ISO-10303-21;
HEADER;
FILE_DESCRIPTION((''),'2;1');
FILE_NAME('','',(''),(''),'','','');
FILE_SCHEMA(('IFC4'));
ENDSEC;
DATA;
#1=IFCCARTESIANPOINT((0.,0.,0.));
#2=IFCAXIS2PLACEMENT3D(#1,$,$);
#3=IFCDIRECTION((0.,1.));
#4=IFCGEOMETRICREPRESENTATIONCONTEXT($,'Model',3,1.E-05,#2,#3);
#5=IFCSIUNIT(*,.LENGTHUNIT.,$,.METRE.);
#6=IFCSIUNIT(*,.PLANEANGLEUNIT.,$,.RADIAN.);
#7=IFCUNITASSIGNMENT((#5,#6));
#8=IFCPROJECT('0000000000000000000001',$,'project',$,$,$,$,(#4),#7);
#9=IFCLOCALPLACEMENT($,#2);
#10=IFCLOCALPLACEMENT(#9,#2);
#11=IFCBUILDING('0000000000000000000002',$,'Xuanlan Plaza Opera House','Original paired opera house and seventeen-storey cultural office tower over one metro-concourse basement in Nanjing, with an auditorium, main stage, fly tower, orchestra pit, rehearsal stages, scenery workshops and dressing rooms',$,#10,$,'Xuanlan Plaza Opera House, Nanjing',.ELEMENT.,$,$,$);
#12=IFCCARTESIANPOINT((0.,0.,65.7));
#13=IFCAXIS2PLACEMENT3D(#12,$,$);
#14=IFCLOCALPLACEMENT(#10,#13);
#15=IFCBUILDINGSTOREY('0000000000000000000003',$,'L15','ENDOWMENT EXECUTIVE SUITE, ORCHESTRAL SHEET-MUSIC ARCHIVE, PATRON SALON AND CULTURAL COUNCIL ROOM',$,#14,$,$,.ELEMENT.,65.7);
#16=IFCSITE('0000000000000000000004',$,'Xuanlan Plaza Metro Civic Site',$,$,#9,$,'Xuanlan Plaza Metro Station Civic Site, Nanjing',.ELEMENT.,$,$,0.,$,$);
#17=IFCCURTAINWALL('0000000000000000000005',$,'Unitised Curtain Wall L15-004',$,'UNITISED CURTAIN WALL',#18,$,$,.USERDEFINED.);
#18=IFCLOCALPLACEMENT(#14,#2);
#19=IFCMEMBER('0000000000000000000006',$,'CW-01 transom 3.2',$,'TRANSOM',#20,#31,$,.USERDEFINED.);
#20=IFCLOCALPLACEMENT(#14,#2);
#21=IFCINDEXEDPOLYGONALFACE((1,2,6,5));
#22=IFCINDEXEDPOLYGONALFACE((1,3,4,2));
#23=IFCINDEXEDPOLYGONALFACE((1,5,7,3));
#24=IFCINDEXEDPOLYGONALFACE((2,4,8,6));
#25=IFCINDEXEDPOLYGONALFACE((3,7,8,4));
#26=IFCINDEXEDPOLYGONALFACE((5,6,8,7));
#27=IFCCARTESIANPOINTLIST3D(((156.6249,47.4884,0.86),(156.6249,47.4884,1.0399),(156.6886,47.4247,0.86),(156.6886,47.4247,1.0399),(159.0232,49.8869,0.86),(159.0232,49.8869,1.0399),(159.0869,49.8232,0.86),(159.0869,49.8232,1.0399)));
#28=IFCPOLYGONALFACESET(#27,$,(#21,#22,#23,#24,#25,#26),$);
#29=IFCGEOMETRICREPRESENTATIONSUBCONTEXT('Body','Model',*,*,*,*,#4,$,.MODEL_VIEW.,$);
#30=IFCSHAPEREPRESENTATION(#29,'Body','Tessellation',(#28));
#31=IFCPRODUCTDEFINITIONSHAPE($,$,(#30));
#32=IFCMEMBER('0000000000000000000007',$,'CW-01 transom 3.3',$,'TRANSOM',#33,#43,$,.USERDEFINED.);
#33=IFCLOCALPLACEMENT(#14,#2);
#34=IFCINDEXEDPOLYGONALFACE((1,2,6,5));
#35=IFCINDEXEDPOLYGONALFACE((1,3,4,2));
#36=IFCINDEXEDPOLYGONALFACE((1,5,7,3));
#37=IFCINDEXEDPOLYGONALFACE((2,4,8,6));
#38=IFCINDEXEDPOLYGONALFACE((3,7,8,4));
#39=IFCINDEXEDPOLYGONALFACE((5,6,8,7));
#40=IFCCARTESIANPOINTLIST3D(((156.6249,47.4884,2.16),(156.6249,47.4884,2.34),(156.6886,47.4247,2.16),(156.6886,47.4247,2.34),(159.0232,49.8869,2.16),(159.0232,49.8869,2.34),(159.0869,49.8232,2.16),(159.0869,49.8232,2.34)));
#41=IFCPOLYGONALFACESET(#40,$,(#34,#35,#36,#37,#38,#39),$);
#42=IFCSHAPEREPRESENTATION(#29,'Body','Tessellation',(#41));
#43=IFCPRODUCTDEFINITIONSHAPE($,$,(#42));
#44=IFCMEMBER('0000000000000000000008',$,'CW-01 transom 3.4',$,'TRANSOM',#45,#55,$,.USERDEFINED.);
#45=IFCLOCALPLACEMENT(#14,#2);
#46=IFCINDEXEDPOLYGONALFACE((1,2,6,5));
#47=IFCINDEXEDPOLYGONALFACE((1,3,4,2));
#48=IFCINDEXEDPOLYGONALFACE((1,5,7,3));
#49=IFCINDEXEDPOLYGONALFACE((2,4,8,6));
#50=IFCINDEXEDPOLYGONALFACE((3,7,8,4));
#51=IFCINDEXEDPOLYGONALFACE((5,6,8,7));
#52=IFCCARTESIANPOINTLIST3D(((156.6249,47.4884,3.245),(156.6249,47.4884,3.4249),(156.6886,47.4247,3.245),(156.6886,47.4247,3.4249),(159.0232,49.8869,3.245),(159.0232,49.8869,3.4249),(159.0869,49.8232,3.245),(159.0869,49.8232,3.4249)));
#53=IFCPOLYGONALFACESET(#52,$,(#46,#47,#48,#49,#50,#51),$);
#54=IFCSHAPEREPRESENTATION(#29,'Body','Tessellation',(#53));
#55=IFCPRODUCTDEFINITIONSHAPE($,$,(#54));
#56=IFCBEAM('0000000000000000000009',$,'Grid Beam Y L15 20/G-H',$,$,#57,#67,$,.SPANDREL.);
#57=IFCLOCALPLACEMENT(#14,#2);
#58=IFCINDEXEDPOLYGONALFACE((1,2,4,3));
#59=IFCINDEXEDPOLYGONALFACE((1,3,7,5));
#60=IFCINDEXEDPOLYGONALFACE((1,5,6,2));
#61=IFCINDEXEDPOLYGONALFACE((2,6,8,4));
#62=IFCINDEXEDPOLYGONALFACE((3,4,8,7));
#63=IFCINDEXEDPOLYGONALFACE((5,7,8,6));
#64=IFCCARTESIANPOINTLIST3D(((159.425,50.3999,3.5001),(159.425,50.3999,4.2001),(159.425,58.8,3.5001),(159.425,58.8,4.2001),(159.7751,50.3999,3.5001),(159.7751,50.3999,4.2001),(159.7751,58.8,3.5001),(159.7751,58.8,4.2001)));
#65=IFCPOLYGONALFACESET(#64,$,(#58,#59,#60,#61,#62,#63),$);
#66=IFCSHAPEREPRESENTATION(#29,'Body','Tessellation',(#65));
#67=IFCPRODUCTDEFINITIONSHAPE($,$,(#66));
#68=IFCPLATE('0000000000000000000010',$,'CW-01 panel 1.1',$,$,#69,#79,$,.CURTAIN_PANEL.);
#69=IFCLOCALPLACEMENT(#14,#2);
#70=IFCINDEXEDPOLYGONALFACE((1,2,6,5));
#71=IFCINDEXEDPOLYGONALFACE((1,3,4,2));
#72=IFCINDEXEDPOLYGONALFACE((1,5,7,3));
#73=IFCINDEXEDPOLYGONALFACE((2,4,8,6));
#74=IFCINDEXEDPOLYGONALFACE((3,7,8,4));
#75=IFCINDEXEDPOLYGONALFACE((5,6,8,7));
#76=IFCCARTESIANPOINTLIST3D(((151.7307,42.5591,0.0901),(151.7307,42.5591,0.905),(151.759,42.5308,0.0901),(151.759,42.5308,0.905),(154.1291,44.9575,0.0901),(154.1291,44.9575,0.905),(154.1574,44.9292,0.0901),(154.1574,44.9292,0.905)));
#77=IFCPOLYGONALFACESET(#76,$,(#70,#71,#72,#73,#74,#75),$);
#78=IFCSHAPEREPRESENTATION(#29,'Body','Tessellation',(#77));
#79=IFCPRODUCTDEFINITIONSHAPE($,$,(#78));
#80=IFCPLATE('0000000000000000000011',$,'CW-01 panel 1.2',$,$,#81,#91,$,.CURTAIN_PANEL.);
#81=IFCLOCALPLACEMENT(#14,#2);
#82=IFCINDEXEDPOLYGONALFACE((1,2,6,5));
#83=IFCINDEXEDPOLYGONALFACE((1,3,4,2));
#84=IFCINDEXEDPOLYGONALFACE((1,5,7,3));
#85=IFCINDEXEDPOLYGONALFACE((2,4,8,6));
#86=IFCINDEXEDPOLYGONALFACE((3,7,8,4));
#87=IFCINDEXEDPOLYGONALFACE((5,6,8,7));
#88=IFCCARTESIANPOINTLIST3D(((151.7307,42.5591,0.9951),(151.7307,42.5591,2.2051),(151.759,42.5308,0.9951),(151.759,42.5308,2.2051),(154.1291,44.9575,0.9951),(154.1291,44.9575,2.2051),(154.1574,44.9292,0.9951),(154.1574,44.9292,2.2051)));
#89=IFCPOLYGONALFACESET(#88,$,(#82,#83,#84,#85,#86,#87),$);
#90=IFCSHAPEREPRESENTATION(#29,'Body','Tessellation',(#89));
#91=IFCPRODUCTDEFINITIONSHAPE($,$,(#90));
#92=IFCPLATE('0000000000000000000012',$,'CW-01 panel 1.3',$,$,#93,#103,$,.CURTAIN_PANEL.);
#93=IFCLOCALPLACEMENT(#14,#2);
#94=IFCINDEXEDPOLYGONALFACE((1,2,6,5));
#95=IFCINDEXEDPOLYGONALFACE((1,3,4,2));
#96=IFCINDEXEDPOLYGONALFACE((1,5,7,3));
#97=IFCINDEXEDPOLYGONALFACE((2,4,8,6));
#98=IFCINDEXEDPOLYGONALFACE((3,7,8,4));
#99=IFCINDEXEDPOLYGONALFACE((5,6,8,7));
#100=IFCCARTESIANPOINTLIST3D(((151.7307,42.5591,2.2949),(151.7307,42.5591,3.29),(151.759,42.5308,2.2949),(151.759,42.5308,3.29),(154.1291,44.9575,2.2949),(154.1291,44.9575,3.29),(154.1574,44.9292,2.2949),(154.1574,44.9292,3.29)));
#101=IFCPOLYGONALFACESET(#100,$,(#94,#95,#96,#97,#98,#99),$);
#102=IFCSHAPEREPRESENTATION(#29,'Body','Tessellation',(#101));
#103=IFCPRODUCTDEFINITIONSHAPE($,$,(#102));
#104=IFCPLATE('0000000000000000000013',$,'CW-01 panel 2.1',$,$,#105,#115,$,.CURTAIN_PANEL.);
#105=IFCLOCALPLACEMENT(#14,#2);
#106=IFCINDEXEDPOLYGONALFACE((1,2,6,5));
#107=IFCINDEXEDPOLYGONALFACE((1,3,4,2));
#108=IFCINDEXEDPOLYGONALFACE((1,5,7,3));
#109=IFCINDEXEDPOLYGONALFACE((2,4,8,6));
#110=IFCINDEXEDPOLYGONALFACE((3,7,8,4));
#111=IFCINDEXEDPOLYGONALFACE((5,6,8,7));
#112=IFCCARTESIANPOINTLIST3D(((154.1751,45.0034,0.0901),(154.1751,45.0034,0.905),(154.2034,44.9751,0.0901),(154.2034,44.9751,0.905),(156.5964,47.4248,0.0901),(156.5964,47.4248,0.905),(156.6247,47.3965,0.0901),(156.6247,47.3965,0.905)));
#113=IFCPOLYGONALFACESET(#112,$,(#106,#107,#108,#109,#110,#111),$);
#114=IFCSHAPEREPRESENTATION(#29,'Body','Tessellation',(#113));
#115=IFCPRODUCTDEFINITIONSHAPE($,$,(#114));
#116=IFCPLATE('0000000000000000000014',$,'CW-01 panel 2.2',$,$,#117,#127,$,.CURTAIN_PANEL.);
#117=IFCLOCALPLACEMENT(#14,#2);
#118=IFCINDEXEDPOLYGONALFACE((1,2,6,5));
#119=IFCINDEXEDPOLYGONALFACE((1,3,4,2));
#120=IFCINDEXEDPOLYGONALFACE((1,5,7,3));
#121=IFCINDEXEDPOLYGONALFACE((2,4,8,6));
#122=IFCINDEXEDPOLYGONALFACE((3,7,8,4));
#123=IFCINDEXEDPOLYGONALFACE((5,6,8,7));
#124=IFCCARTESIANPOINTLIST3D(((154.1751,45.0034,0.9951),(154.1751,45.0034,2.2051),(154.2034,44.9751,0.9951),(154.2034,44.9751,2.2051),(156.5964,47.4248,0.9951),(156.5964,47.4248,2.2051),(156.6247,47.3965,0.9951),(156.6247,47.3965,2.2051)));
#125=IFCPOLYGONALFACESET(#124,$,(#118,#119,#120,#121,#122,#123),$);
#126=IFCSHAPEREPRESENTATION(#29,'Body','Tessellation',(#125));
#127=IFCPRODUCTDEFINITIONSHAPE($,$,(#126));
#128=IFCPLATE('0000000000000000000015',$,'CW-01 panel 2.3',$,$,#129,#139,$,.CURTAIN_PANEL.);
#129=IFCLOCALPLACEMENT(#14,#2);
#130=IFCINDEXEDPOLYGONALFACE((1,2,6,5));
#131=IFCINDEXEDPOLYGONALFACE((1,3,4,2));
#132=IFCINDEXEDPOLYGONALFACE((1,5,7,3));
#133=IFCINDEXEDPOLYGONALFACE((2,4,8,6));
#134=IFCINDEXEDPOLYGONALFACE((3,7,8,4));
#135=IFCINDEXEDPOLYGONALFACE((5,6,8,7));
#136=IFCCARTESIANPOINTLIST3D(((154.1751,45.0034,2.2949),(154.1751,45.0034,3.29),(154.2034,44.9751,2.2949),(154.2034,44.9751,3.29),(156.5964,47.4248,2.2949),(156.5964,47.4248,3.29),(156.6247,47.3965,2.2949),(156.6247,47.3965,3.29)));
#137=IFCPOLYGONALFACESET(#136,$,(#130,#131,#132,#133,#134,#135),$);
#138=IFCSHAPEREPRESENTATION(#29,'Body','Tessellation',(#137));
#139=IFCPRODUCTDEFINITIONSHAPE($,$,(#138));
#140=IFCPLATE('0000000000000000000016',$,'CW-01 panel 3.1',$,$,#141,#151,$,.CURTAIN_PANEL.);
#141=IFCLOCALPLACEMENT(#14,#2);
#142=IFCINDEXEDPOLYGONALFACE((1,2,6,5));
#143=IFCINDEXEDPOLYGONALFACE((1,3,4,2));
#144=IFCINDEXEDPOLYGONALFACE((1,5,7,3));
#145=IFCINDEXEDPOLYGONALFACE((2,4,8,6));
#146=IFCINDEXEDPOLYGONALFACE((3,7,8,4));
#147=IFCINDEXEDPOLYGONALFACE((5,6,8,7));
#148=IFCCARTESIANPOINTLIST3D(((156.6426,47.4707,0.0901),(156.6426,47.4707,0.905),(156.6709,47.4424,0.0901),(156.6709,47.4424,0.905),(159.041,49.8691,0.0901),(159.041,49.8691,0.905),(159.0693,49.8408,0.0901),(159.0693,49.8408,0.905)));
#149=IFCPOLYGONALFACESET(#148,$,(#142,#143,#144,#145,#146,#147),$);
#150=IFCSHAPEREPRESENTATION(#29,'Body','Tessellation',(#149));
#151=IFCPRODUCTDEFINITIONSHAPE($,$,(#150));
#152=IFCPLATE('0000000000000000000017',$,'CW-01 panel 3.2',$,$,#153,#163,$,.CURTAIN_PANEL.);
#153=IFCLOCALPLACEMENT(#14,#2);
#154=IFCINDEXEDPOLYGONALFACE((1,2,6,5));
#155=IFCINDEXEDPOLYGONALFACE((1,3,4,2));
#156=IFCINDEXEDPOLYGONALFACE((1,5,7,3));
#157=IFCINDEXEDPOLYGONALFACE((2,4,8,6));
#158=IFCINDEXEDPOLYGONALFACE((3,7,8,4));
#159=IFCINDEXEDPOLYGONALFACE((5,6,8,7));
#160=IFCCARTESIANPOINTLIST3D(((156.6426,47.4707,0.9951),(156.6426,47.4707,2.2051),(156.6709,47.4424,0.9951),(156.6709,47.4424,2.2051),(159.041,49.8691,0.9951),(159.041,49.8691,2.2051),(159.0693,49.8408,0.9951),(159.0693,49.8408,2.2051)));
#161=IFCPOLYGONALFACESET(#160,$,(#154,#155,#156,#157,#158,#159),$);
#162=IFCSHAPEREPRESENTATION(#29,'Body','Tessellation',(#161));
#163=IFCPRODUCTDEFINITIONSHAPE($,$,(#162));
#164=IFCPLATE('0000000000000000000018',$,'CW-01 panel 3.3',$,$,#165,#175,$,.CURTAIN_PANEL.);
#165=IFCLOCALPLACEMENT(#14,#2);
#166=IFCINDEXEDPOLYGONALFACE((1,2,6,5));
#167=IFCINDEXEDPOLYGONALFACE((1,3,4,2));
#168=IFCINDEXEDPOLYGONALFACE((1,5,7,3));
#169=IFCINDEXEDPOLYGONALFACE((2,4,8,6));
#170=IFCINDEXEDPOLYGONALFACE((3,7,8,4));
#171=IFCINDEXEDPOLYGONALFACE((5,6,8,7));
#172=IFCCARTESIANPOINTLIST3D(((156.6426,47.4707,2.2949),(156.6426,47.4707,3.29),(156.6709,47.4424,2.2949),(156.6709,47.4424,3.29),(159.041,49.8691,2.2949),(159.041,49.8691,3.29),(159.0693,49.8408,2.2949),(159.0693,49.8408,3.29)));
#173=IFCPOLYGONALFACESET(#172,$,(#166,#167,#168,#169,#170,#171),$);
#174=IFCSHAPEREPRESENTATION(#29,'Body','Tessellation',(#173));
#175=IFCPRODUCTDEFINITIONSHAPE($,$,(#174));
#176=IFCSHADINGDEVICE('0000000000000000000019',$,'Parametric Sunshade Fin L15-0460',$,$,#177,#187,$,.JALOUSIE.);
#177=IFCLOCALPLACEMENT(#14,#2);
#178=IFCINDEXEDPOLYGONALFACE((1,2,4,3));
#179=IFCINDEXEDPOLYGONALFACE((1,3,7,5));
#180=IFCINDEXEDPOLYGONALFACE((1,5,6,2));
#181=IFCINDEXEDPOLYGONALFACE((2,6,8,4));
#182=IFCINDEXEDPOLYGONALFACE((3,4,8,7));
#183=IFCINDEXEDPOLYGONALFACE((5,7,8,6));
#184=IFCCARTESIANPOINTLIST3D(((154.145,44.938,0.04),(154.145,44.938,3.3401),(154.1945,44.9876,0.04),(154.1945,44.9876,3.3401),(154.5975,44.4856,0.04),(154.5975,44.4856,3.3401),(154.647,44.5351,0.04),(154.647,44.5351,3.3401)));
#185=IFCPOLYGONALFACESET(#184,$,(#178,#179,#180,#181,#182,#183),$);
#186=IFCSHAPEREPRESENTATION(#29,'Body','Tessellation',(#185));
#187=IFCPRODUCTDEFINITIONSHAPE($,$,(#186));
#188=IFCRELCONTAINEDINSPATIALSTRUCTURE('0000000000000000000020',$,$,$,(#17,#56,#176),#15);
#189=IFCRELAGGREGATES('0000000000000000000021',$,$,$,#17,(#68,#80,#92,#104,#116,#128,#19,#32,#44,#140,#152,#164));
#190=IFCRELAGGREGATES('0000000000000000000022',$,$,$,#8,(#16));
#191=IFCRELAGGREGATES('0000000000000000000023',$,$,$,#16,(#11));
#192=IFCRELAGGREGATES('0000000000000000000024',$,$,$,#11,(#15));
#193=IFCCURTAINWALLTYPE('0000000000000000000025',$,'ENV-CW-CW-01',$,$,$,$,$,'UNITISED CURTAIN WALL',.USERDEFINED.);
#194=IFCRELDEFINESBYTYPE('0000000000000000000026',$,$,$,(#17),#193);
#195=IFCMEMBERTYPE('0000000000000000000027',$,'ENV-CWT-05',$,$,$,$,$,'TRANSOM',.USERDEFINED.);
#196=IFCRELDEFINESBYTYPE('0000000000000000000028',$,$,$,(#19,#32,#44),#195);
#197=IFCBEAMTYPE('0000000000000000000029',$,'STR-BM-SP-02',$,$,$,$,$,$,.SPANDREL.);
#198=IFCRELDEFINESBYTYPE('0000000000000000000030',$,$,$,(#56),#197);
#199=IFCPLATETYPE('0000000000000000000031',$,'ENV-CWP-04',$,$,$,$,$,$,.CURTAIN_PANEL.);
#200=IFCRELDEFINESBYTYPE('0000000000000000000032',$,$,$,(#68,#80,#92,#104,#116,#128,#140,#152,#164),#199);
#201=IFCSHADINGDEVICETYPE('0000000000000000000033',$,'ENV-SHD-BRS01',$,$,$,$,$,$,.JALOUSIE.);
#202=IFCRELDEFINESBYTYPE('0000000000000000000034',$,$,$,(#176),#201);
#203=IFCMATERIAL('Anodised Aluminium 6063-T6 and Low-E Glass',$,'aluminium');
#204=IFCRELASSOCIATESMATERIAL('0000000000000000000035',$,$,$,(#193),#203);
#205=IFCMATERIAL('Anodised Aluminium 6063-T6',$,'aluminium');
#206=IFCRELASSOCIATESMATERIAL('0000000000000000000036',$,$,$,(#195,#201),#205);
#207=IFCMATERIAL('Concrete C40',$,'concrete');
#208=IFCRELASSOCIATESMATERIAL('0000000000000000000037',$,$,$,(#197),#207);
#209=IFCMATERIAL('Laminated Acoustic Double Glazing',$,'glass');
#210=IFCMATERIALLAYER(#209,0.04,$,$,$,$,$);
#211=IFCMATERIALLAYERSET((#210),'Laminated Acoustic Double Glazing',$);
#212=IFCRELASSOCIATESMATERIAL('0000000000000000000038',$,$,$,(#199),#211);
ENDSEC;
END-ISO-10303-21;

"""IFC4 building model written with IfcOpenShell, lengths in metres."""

from ifc_helpers import new_model, si_unit, direction, frame, origin, origin_2d, place, context, subcontext, project, spatial, rectangle, extrude, material, layer, layer_set, material_profile, profile_set, type_object, element, aggregate, save


model = new_model("IFC4")

# Units and contexts
model_context = context("Model", 3, precision=1e-05, world=origin(), true_north=direction((0.0, 1.0)))
body_context = subcontext(model_context, "Body", "Model", "MODEL_VIEW")
ifc_project = project(units=[si_unit("LENGTHUNIT", "METRE"), si_unit("PLANEANGLEUNIT", "RADIAN")], contexts=[model_context])

# Site, building, storey
site_placement = place(None, origin())
site = spatial("IfcSite", under=ifc_project, at=site_placement, Name="Xuanlan Plaza Metro Civic Site", LongName="Xuanlan Plaza Metro Station Civic Site, Nanjing", CompositionType="ELEMENT", RefElevation=0.0)
building_placement = place(site_placement, origin())
building = spatial("IfcBuilding", under=site, at=building_placement, Name="Xuanlan Plaza Opera House", Description="Original paired opera house and seventeen-storey cultural office tower over one metro-concourse basement in Nanjing, with an auditorium, main stage, fly tower, orchestra pit, rehearsal stages, scenery workshops and dressing rooms", LongName="Xuanlan Plaza Opera House, Nanjing", CompositionType="ELEMENT")
storey_placement = place(building_placement, frame((0.0, 0.0, 65.7)))
storey = spatial("IfcBuildingStorey", under=building, at=storey_placement, Name="L15", Description="ENDOWMENT EXECUTIVE SUITE, ORCHESTRAL SHEET-MUSIC ARCHIVE, PATRON SALON AND CULTURAL COUNCIL ROOM", CompositionType="ELEMENT", Elevation=65.7)

# Curtain wall, members
ifc_material_1 = material(Name="Anodised Aluminium 6063-T6 and Low-E Glass", Category="aluminium")
curtain_wall_type = type_object("IfcCurtainWallType", Name="ENV-CW-CW-01", ElementType="UNITISED CURTAIN WALL", PredefinedType="USERDEFINED", material=ifc_material_1)
curtain_wall_placement = place(storey_placement, origin())
curtain_wall = element("IfcCurtainWall", 1, at=curtain_wall_placement, inside=storey, type_object=curtain_wall_type, Name="Unitised Curtain Wall L15-004", ObjectType="UNITISED CURTAIN WALL", PredefinedType="USERDEFINED")
ifc_material_2 = material(Name="Anodised Aluminium 6063-T6", Category="aluminium")
ifc_material_profile_1 = material_profile(ifc_material_2, rectangle(XDim=0.0901, YDim=0.1799, at=origin_2d()), Name="ALU-T 90x180")
ifc_profile_set_1 = profile_set([ifc_material_profile_1], Name="Anodised Aluminium 6063-T6")
member_type_1 = type_object("IfcMemberType", Name="ENV-CWT-05", ElementType="TRANSOM", PredefinedType="USERDEFINED", material=ifc_profile_set_1)
member_1_placement = place(storey_placement, frame((156.6567, 47.4565, 0.95), z_axis=(0.707071, 0.707143, 0.0), x_axis=(-0.707143, 0.707071, 0.0)))
member_1 = element("IfcMember", 2, at=member_1_placement, type_object=member_type_1, Name="CW-01 transom 3.2", ObjectType="TRANSOM", PredefinedType="USERDEFINED", context=body_context, shape_type="SweptSolid", body=[
    extrude(rectangle(XDim=0.0901, YDim=0.1799, at=origin_2d()), origin(), (0.0, 0.0, 1.0), 3.3918),
])
member_2_placement = place(storey_placement, frame((156.6567, 47.4565, 2.25), z_axis=(0.707071, 0.707143, 0.0), x_axis=(-0.707143, 0.707071, 0.0)))
member_2 = element("IfcMember", 3, at=member_2_placement, type_object=member_type_1, Name="CW-01 transom 3.3", ObjectType="TRANSOM", PredefinedType="USERDEFINED", context=body_context, shape_type="SweptSolid", body=[
    extrude(rectangle(XDim=0.0901, YDim=0.1799, at=origin_2d()), origin(), (0.0, 0.0, 1.0), 3.3918),
])
member_3_placement = place(storey_placement, frame((156.6567, 47.4565, 3.335), z_axis=(0.707071, 0.707143, 0.0), x_axis=(-0.707143, 0.707071, 0.0)))
member_3 = element("IfcMember", 4, at=member_3_placement, type_object=member_type_1, Name="CW-01 transom 3.4", ObjectType="TRANSOM", PredefinedType="USERDEFINED", context=body_context, shape_type="SweptSolid", body=[
    extrude(rectangle(XDim=0.0901, YDim=0.1799, at=origin_2d()), origin(), (0.0, 0.0, 1.0), 3.3918),
])

# Beam
ifc_material_3 = material(Name="Concrete C40", Category="concrete")
ifc_material_profile_2 = material_profile(ifc_material_3, rectangle(XDim=0.3501, YDim=0.7, at=origin_2d()), Name="RC-SPD 350x700")
ifc_profile_set_2 = profile_set([ifc_material_profile_2], Name="Concrete C40")
beam_type = type_object("IfcBeamType", Name="STR-BM-SP-02", PredefinedType="SPANDREL", material=ifc_profile_set_2)
beam_placement = place(storey_placement, frame((159.6001, 50.3999, 3.8501), z_axis=(0.0, 1.0, 0.0), x_axis=(-1.0, 0.0, 0.0)))
element("IfcBeam", 5, at=beam_placement, inside=storey, type_object=beam_type, Name="Grid Beam Y L15 20/G-H", PredefinedType="SPANDREL", context=body_context, shape_type="SweptSolid", body=[
    extrude(rectangle(XDim=0.3501, YDim=0.7, at=origin_2d()), origin(), (0.0, 0.0, 1.0), 8.4001),
])

# Plates
ifc_material_4 = material(Name="Laminated Acoustic Double Glazing", Category="glass")
ifc_layer = layer(ifc_material_4, 0.04)
ifc_layer_set = layer_set([ifc_layer], Name="Laminated Acoustic Double Glazing")
plate_type = type_object("IfcPlateType", Name="ENV-CWP-04", PredefinedType="CURTAIN_PANEL", material=ifc_layer_set)
plate_1_placement = place(storey_placement, frame((152.9441, 43.7441, 0.0901), z_axis=(0.0, 0.0, 1.0), x_axis=(0.707107, 0.707107, 0.0)))
plate_1 = element("IfcPlate", 6, at=plate_1_placement, type_object=plate_type, Name="CW-01 panel 1.1", PredefinedType="CURTAIN_PANEL", context=body_context, shape_type="SweptSolid", body=[
    extrude(rectangle(XDim=3.3918, YDim=0.04, at=origin_2d()), origin(), (0.0, 0.0, 1.0), 0.8149),
])
plate_2_placement = place(storey_placement, frame((152.9441, 43.7441, 0.9951), z_axis=(0.0, 0.0, 1.0), x_axis=(0.707107, 0.707107, 0.0)))
plate_2 = element("IfcPlate", 7, at=plate_2_placement, type_object=plate_type, Name="CW-01 panel 1.2", PredefinedType="CURTAIN_PANEL", context=body_context, shape_type="SweptSolid", body=[
    extrude(rectangle(XDim=3.3918, YDim=0.04, at=origin_2d()), origin(), (0.0, 0.0, 1.0), 1.21),
])
plate_3_placement = place(storey_placement, frame((152.9441, 43.7441, 2.2949), z_axis=(0.0, 0.0, 1.0), x_axis=(0.707107, 0.707107, 0.0)))
plate_3 = element("IfcPlate", 8, at=plate_3_placement, type_object=plate_type, Name="CW-01 panel 1.3", PredefinedType="CURTAIN_PANEL", context=body_context, shape_type="SweptSolid", body=[
    extrude(rectangle(XDim=3.3918, YDim=0.04, at=origin_2d()), origin(), (0.0, 0.0, 1.0), 0.9951),
])
plate_4_placement = place(storey_placement, frame((155.3999, 46.2, 0.0901), z_axis=(0.0, 0.0, 1.0), x_axis=(0.707107, 0.707107, 0.0)))
plate_4 = element("IfcPlate", 9, at=plate_4_placement, type_object=plate_type, Name="CW-01 panel 2.1", PredefinedType="CURTAIN_PANEL", context=body_context, shape_type="SweptSolid", body=[
    extrude(rectangle(XDim=3.4243, YDim=0.04, at=origin_2d()), origin(), (0.0, 0.0, 1.0), 0.8149),
])
plate_5_placement = place(storey_placement, frame((155.3999, 46.2, 0.9951), z_axis=(0.0, 0.0, 1.0), x_axis=(0.707107, 0.707107, 0.0)))
plate_5 = element("IfcPlate", 10, at=plate_5_placement, type_object=plate_type, Name="CW-01 panel 2.2", PredefinedType="CURTAIN_PANEL", context=body_context, shape_type="SweptSolid", body=[
    extrude(rectangle(XDim=3.4243, YDim=0.04, at=origin_2d()), origin(), (0.0, 0.0, 1.0), 1.21),
])
plate_6_placement = place(storey_placement, frame((155.3999, 46.2, 2.2949), z_axis=(0.0, 0.0, 1.0), x_axis=(0.707107, 0.707107, 0.0)))
plate_6 = element("IfcPlate", 11, at=plate_6_placement, type_object=plate_type, Name="CW-01 panel 2.3", PredefinedType="CURTAIN_PANEL", context=body_context, shape_type="SweptSolid", body=[
    extrude(rectangle(XDim=3.4243, YDim=0.04, at=origin_2d()), origin(), (0.0, 0.0, 1.0), 0.9951),
])
plate_7_placement = place(storey_placement, frame((157.856, 48.6558, 0.0901), z_axis=(0.0, 0.0, 1.0), x_axis=(0.707107, 0.707107, 0.0)))
plate_7 = element("IfcPlate", 12, at=plate_7_placement, type_object=plate_type, Name="CW-01 panel 3.1", PredefinedType="CURTAIN_PANEL", context=body_context, shape_type="SweptSolid", body=[
    extrude(rectangle(XDim=3.3918, YDim=0.04, at=origin_2d()), origin(), (0.0, 0.0, 1.0), 0.8149),
])
plate_8_placement = place(storey_placement, frame((157.856, 48.6558, 0.9951), z_axis=(0.0, 0.0, 1.0), x_axis=(0.707107, 0.707107, 0.0)))
plate_8 = element("IfcPlate", 13, at=plate_8_placement, type_object=plate_type, Name="CW-01 panel 3.2", PredefinedType="CURTAIN_PANEL", context=body_context, shape_type="SweptSolid", body=[
    extrude(rectangle(XDim=3.3918, YDim=0.04, at=origin_2d()), origin(), (0.0, 0.0, 1.0), 1.21),
])
plate_9_placement = place(storey_placement, frame((157.856, 48.6558, 2.2949), z_axis=(0.0, 0.0, 1.0), x_axis=(0.707107, 0.707107, 0.0)))
plate_9 = element("IfcPlate", 14, at=plate_9_placement, type_object=plate_type, Name="CW-01 panel 3.3", PredefinedType="CURTAIN_PANEL", context=body_context, shape_type="SweptSolid", body=[
    extrude(rectangle(XDim=3.3918, YDim=0.04, at=origin_2d()), origin(), (0.0, 0.0, 1.0), 0.9951),
])
aggregate(curtain_wall, [plate_1, plate_2, plate_3, plate_4, plate_5, plate_6, member_1, member_2, member_3, plate_7, plate_8, plate_9])

# Shading device
shading_device_type = type_object("IfcShadingDeviceType", Name="ENV-SHD-BRS01", PredefinedType="JALOUSIE", material=ifc_material_2)
for number, where, z_axis, x_axis, name in (
    (15, (154.396, 44.7366, 0.04), (0.0, 0.0, 1.0), (0.707107, -0.707107, 0.0), "Parametric Sunshade Fin L15-0460"),
):
    element("IfcShadingDevice", number, at=place(storey_placement, frame(where, z_axis=z_axis, x_axis=x_axis)), inside=storey, type_object=shading_device_type, Name=name, PredefinedType="JALOUSIE", context=body_context, shape_type="SweptSolid", body=[
        extrude(rectangle(XDim=0.6399, YDim=0.0701, at=origin_2d()), origin(), (0.0, 0.0, 1.0), 3.3),
    ])

save(model, "model.ifc")
